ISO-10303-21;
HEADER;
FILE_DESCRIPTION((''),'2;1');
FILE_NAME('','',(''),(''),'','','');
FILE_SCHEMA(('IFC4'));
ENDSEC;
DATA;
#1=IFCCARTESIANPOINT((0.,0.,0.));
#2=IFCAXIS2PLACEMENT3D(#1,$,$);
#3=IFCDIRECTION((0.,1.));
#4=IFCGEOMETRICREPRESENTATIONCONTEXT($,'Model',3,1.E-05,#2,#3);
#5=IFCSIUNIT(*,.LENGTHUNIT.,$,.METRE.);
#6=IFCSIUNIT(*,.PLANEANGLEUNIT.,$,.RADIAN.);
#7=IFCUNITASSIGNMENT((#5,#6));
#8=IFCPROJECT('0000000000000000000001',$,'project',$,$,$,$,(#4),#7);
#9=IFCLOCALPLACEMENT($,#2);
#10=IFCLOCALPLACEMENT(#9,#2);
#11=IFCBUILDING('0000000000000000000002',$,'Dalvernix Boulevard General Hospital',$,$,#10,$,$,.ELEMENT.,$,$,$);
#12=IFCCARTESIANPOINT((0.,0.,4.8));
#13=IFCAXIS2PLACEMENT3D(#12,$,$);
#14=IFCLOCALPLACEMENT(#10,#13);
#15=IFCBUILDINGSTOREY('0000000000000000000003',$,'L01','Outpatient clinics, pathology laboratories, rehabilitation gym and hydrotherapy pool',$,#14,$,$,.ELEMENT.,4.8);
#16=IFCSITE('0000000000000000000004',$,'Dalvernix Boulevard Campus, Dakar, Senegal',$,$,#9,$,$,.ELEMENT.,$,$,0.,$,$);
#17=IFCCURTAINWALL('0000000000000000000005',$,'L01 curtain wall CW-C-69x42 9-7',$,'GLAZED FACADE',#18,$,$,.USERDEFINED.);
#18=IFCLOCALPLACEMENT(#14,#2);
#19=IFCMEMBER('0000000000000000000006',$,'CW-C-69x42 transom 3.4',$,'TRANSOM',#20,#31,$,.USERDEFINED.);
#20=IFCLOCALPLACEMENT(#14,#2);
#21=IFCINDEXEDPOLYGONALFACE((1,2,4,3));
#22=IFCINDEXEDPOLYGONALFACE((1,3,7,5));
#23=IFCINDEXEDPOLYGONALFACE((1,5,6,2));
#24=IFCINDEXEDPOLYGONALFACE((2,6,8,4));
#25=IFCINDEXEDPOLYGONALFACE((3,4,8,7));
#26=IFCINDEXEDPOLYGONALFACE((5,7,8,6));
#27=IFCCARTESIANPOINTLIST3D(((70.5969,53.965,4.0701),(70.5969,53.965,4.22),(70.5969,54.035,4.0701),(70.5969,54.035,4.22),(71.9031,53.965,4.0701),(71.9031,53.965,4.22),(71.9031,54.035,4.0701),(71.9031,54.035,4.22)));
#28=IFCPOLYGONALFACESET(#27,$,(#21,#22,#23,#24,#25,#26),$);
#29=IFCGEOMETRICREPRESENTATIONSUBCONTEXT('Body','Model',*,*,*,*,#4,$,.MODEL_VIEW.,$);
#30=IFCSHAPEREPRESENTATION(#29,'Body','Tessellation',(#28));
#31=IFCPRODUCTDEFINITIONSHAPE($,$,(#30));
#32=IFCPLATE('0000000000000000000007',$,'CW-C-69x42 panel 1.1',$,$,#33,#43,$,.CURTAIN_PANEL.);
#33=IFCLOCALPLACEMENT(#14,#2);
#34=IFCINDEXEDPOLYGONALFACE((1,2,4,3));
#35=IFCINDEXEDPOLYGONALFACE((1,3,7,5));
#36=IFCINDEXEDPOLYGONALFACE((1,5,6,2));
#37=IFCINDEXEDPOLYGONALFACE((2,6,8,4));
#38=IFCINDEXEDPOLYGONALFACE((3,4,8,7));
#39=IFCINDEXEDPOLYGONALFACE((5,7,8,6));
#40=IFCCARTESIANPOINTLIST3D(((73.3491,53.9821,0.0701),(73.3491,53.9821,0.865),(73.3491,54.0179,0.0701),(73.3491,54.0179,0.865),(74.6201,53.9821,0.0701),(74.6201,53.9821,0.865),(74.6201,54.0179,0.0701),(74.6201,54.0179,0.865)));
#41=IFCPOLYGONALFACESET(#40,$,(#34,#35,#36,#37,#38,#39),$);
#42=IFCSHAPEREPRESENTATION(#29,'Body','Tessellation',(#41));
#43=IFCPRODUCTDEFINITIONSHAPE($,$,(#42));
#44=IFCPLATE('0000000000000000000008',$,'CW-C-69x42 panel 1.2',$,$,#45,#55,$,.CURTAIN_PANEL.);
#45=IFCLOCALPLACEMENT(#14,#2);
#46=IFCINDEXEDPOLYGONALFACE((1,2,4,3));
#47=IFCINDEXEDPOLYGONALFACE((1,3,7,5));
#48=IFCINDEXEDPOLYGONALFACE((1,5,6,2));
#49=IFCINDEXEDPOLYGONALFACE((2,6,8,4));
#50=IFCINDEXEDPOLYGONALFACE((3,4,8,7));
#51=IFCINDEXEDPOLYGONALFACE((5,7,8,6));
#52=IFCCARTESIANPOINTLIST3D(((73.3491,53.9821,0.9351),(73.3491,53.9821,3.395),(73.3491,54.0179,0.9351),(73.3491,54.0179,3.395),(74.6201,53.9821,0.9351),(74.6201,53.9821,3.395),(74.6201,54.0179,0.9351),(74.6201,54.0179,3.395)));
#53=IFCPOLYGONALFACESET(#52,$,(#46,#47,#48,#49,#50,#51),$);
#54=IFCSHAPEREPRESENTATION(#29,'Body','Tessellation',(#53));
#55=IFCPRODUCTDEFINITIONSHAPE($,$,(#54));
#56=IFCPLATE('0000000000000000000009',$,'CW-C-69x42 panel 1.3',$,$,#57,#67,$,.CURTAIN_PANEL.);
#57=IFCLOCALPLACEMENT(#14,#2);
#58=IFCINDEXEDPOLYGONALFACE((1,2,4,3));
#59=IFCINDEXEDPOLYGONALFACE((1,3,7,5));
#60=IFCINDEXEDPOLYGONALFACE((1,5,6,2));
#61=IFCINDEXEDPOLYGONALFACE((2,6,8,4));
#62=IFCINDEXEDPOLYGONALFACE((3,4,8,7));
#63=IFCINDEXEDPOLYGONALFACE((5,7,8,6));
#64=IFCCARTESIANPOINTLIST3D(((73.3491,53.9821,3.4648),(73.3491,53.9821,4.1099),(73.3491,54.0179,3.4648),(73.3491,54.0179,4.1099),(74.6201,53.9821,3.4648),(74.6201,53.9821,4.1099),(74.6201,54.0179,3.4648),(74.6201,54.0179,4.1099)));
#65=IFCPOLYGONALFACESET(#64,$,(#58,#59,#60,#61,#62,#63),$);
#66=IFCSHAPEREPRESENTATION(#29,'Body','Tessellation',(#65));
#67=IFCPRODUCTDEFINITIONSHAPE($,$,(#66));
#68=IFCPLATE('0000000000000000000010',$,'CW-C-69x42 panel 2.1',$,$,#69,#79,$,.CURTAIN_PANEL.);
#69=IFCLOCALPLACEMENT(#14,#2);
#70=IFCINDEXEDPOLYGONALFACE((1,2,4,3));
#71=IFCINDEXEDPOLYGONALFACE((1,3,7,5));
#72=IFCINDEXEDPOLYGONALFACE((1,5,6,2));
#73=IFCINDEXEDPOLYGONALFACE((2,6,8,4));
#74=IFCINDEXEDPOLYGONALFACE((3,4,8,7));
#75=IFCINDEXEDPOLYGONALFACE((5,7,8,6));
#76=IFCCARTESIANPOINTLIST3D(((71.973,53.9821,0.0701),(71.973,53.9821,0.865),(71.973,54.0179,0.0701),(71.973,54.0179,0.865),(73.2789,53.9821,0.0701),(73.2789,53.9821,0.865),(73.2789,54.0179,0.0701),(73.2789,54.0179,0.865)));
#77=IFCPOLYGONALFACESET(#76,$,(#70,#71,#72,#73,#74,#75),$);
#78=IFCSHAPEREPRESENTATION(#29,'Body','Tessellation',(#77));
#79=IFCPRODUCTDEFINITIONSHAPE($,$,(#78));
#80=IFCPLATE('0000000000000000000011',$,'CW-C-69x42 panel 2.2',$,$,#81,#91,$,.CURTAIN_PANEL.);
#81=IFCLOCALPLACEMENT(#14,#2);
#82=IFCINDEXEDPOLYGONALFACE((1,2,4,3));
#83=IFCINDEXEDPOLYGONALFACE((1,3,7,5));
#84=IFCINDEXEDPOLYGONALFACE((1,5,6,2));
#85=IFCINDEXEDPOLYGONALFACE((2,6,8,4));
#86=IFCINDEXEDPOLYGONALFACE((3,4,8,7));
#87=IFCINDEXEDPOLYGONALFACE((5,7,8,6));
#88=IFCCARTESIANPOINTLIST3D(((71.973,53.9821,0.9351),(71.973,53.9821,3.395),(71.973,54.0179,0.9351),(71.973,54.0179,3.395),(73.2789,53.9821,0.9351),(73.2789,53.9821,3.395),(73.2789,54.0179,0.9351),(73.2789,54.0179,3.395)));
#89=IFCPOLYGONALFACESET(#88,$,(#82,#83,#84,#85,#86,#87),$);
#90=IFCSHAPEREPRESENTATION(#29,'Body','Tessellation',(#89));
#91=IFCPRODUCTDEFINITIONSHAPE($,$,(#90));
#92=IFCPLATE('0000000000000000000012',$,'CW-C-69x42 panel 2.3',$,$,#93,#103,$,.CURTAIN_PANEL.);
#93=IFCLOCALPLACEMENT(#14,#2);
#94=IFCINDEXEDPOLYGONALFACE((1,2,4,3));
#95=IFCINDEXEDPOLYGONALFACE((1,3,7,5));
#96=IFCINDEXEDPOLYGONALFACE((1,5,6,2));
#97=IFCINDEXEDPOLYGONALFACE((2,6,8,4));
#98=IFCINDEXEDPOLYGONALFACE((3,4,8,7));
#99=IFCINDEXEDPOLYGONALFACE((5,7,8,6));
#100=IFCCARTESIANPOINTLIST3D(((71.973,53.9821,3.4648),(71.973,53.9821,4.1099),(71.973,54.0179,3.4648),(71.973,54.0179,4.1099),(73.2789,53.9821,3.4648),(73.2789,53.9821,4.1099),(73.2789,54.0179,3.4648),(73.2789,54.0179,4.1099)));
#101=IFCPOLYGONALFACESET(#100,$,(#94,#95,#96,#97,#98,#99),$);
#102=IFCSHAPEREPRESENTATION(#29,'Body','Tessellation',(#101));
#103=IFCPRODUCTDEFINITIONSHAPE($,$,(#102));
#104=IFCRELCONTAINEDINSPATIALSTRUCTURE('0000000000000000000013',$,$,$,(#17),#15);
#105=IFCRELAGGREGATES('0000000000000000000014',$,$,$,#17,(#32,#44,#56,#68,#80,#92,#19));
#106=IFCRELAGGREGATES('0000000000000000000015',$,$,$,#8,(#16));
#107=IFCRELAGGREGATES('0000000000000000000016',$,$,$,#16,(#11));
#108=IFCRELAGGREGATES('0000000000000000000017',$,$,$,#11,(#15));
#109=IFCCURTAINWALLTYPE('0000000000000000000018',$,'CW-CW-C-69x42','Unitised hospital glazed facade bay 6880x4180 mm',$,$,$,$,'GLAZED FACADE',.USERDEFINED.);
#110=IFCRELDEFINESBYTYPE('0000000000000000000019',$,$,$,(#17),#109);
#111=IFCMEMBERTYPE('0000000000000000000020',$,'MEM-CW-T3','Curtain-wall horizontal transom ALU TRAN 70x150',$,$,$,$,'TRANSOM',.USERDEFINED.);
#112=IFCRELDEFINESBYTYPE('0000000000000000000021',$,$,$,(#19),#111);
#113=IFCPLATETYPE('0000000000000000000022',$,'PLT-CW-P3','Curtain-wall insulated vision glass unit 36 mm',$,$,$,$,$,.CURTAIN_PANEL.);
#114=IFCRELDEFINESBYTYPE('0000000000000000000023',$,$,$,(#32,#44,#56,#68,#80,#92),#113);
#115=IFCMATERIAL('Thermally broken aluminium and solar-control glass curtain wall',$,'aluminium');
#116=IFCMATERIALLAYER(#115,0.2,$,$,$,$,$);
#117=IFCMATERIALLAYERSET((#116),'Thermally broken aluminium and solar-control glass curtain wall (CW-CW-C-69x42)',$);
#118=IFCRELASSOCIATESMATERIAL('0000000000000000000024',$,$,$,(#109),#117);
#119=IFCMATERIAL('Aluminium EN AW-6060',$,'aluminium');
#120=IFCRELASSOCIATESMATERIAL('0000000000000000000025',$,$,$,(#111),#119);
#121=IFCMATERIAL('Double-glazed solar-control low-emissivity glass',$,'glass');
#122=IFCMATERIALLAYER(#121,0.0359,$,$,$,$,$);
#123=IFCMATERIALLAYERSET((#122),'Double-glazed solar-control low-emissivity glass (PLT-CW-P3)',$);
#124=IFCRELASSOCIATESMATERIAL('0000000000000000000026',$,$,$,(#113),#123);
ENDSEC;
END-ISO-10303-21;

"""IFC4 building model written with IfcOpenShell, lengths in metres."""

from ifc_helpers import new_model, si_unit, direction, frame, origin, origin_2d, place, context, subcontext, project, spatial, rectangle, extrude, material, layer, layer_set, material_profile, profile_set, type_object, element, aggregate, save


model = new_model("IFC4")

# Units and contexts
model_context = context("Model", 3, precision=1e-05, world=origin(), true_north=direction((0.0, 1.0)))
body_context = subcontext(model_context, "Body", "Model", "MODEL_VIEW")
ifc_project = project(units=[si_unit("LENGTHUNIT", "METRE"), si_unit("PLANEANGLEUNIT", "RADIAN")], contexts=[model_context])

# Site, building, storey
site_placement = place(None, origin())
site = spatial("IfcSite", under=ifc_project, at=site_placement, Name="Dalvernix Boulevard Campus, Dakar, Senegal", CompositionType="ELEMENT", RefElevation=0.0)
building_placement = place(site_placement, origin())
building = spatial("IfcBuilding", under=site, at=building_placement, Name="Dalvernix Boulevard General Hospital", CompositionType="ELEMENT")
storey_placement = place(building_placement, frame((0.0, 0.0, 4.8)))
storey = spatial("IfcBuildingStorey", under=building, at=storey_placement, Name="L01", Description="Outpatient clinics, pathology laboratories, rehabilitation gym and hydrotherapy pool", CompositionType="ELEMENT", Elevation=4.8)

# Shared definitions
ifc_material_1 = material(Name="Thermally broken aluminium and solar-control glass curtain wall", Category="aluminium")
ifc_material_2 = material(Name="Aluminium EN AW-6060", Category="aluminium")

# Curtain wall, member, plates
ifc_layer_1 = layer(ifc_material_1, 0.2)
ifc_layer_set_1 = layer_set([ifc_layer_1], Name="Thermally broken aluminium and solar-control glass curtain wall (CW-CW-C-69x42)")
curtain_wall_type_1 = type_object("IfcCurtainWallType", Name="CW-CW-C-69x42", Description="Unitised hospital glazed facade bay 6880x4180 mm", ElementType="GLAZED FACADE", PredefinedType="USERDEFINED", material=ifc_layer_set_1)
curtain_wall_1_placement = place(storey_placement, origin())
curtain_wall_1 = element("IfcCurtainWall", 1, at=curtain_wall_1_placement, inside=storey, type_object=curtain_wall_type_1, Name="L01 curtain wall CW-C-69x42 9-7", ObjectType="GLAZED FACADE", PredefinedType="USERDEFINED")
ifc_material_profile_1 = material_profile(ifc_material_2, rectangle(XDim=0.0701, YDim=0.1499, at=origin_2d()), Name="ALU TRAN 70x150")
ifc_profile_set_1 = profile_set([ifc_material_profile_1], Name="Aluminium EN AW-6060")
member_type_1 = type_object("IfcMemberType", Name="MEM-CW-T3", Description="Curtain-wall horizontal transom ALU TRAN 70x150", ElementType="TRANSOM", PredefinedType="USERDEFINED", material=ifc_profile_set_1)
member_1_placement = place(storey_placement, frame((71.9031, 54.0, 4.145), z_axis=(-1.0, 0.0, 0.0), x_axis=(0.0, -1.0, 0.0)))
member_1 = element("IfcMember", 2, at=member_1_placement, type_object=member_type_1, Name="CW-C-69x42 transom 3.4", ObjectType="TRANSOM", PredefinedType="USERDEFINED", context=body_context, shape_type="SweptSolid", body=[
    extrude(rectangle(XDim=0.0701, YDim=0.1499, at=origin_2d()), origin(), (0.0, 0.0, 1.0), 1.3062),
])
ifc_material_3 = material(Name="Double-glazed solar-control low-emissivity glass", Category="glass")
ifc_layer_2 = layer(ifc_material_3, 0.0359)
ifc_layer_set_2 = layer_set([ifc_layer_2], Name="Double-glazed solar-control low-emissivity glass (PLT-CW-P3)")
plate_type = type_object("IfcPlateType", Name="PLT-CW-P3", Description="Curtain-wall insulated vision glass unit 36 mm", PredefinedType="CURTAIN_PANEL", material=ifc_layer_set_2)
plate_1_placement = place(storey_placement, frame((73.9846, 54.0, 0.0701), z_axis=(0.0, 0.0, 1.0), x_axis=(-1.0, 0.0, 0.0)))
plate_1 = element("IfcPlate", 3, at=plate_1_placement, type_object=plate_type, Name="CW-C-69x42 panel 1.1", PredefinedType="CURTAIN_PANEL", context=body_context, shape_type="SweptSolid", body=[
    extrude(rectangle(XDim=1.271, YDim=0.0359, at=origin_2d()), origin(), (0.0, 0.0, 1.0), 0.7949),
])
plate_2_placement = place(storey_placement, frame((73.9846, 54.0, 0.9351), z_axis=(0.0, 0.0, 1.0), x_axis=(-1.0, 0.0, 0.0)))
plate_2 = element("IfcPlate", 4, at=plate_2_placement, type_object=plate_type, Name="CW-C-69x42 panel 1.2", PredefinedType="CURTAIN_PANEL", context=body_context, shape_type="SweptSolid", body=[
    extrude(rectangle(XDim=1.271, YDim=0.0359, at=origin_2d()), origin(), (0.0, 0.0, 1.0), 2.46),
])
plate_3_placement = place(storey_placement, frame((73.9846, 54.0, 3.4648), z_axis=(0.0, 0.0, 1.0), x_axis=(-1.0, 0.0, 0.0)))
plate_3 = element("IfcPlate", 5, at=plate_3_placement, type_object=plate_type, Name="CW-C-69x42 panel 1.3", PredefinedType="CURTAIN_PANEL", context=body_context, shape_type="SweptSolid", body=[
    extrude(rectangle(XDim=1.271, YDim=0.0359, at=origin_2d()), origin(), (0.0, 0.0, 1.0), 0.645),
])
plate_4_placement = place(storey_placement, frame((72.626, 54.0, 0.0701), z_axis=(0.0, 0.0, 1.0), x_axis=(-1.0, 0.0, 0.0)))
plate_4 = element("IfcPlate", 6, at=plate_4_placement, type_object=plate_type, Name="CW-C-69x42 panel 2.1", PredefinedType="CURTAIN_PANEL", context=body_context, shape_type="SweptSolid", body=[
    extrude(rectangle(XDim=1.3059, YDim=0.0359, at=origin_2d()), origin(), (0.0, 0.0, 1.0), 0.7949),
])
plate_5_placement = place(storey_placement, frame((72.626, 54.0, 0.9351), z_axis=(0.0, 0.0, 1.0), x_axis=(-1.0, 0.0, 0.0)))
plate_5 = element("IfcPlate", 7, at=plate_5_placement, type_object=plate_type, Name="CW-C-69x42 panel 2.2", PredefinedType="CURTAIN_PANEL", context=body_context, shape_type="SweptSolid", body=[
    extrude(rectangle(XDim=1.3059, YDim=0.0359, at=origin_2d()), origin(), (0.0, 0.0, 1.0), 2.46),
])
plate_6_placement = place(storey_placement, frame((72.626, 54.0, 3.4648), z_axis=(0.0, 0.0, 1.0), x_axis=(-1.0, 0.0, 0.0)))
plate_6 = element("IfcPlate", 8, at=plate_6_placement, type_object=plate_type, Name="CW-C-69x42 panel 2.3", PredefinedType="CURTAIN_PANEL", context=body_context, shape_type="SweptSolid", body=[
    extrude(rectangle(XDim=1.3059, YDim=0.0359, at=origin_2d()), origin(), (0.0, 0.0, 1.0), 0.645),
])
aggregate(curtain_wall_1, [plate_1, plate_2, plate_3, plate_4, plate_5, plate_6, member_1])

save(model, "model.ifc")
